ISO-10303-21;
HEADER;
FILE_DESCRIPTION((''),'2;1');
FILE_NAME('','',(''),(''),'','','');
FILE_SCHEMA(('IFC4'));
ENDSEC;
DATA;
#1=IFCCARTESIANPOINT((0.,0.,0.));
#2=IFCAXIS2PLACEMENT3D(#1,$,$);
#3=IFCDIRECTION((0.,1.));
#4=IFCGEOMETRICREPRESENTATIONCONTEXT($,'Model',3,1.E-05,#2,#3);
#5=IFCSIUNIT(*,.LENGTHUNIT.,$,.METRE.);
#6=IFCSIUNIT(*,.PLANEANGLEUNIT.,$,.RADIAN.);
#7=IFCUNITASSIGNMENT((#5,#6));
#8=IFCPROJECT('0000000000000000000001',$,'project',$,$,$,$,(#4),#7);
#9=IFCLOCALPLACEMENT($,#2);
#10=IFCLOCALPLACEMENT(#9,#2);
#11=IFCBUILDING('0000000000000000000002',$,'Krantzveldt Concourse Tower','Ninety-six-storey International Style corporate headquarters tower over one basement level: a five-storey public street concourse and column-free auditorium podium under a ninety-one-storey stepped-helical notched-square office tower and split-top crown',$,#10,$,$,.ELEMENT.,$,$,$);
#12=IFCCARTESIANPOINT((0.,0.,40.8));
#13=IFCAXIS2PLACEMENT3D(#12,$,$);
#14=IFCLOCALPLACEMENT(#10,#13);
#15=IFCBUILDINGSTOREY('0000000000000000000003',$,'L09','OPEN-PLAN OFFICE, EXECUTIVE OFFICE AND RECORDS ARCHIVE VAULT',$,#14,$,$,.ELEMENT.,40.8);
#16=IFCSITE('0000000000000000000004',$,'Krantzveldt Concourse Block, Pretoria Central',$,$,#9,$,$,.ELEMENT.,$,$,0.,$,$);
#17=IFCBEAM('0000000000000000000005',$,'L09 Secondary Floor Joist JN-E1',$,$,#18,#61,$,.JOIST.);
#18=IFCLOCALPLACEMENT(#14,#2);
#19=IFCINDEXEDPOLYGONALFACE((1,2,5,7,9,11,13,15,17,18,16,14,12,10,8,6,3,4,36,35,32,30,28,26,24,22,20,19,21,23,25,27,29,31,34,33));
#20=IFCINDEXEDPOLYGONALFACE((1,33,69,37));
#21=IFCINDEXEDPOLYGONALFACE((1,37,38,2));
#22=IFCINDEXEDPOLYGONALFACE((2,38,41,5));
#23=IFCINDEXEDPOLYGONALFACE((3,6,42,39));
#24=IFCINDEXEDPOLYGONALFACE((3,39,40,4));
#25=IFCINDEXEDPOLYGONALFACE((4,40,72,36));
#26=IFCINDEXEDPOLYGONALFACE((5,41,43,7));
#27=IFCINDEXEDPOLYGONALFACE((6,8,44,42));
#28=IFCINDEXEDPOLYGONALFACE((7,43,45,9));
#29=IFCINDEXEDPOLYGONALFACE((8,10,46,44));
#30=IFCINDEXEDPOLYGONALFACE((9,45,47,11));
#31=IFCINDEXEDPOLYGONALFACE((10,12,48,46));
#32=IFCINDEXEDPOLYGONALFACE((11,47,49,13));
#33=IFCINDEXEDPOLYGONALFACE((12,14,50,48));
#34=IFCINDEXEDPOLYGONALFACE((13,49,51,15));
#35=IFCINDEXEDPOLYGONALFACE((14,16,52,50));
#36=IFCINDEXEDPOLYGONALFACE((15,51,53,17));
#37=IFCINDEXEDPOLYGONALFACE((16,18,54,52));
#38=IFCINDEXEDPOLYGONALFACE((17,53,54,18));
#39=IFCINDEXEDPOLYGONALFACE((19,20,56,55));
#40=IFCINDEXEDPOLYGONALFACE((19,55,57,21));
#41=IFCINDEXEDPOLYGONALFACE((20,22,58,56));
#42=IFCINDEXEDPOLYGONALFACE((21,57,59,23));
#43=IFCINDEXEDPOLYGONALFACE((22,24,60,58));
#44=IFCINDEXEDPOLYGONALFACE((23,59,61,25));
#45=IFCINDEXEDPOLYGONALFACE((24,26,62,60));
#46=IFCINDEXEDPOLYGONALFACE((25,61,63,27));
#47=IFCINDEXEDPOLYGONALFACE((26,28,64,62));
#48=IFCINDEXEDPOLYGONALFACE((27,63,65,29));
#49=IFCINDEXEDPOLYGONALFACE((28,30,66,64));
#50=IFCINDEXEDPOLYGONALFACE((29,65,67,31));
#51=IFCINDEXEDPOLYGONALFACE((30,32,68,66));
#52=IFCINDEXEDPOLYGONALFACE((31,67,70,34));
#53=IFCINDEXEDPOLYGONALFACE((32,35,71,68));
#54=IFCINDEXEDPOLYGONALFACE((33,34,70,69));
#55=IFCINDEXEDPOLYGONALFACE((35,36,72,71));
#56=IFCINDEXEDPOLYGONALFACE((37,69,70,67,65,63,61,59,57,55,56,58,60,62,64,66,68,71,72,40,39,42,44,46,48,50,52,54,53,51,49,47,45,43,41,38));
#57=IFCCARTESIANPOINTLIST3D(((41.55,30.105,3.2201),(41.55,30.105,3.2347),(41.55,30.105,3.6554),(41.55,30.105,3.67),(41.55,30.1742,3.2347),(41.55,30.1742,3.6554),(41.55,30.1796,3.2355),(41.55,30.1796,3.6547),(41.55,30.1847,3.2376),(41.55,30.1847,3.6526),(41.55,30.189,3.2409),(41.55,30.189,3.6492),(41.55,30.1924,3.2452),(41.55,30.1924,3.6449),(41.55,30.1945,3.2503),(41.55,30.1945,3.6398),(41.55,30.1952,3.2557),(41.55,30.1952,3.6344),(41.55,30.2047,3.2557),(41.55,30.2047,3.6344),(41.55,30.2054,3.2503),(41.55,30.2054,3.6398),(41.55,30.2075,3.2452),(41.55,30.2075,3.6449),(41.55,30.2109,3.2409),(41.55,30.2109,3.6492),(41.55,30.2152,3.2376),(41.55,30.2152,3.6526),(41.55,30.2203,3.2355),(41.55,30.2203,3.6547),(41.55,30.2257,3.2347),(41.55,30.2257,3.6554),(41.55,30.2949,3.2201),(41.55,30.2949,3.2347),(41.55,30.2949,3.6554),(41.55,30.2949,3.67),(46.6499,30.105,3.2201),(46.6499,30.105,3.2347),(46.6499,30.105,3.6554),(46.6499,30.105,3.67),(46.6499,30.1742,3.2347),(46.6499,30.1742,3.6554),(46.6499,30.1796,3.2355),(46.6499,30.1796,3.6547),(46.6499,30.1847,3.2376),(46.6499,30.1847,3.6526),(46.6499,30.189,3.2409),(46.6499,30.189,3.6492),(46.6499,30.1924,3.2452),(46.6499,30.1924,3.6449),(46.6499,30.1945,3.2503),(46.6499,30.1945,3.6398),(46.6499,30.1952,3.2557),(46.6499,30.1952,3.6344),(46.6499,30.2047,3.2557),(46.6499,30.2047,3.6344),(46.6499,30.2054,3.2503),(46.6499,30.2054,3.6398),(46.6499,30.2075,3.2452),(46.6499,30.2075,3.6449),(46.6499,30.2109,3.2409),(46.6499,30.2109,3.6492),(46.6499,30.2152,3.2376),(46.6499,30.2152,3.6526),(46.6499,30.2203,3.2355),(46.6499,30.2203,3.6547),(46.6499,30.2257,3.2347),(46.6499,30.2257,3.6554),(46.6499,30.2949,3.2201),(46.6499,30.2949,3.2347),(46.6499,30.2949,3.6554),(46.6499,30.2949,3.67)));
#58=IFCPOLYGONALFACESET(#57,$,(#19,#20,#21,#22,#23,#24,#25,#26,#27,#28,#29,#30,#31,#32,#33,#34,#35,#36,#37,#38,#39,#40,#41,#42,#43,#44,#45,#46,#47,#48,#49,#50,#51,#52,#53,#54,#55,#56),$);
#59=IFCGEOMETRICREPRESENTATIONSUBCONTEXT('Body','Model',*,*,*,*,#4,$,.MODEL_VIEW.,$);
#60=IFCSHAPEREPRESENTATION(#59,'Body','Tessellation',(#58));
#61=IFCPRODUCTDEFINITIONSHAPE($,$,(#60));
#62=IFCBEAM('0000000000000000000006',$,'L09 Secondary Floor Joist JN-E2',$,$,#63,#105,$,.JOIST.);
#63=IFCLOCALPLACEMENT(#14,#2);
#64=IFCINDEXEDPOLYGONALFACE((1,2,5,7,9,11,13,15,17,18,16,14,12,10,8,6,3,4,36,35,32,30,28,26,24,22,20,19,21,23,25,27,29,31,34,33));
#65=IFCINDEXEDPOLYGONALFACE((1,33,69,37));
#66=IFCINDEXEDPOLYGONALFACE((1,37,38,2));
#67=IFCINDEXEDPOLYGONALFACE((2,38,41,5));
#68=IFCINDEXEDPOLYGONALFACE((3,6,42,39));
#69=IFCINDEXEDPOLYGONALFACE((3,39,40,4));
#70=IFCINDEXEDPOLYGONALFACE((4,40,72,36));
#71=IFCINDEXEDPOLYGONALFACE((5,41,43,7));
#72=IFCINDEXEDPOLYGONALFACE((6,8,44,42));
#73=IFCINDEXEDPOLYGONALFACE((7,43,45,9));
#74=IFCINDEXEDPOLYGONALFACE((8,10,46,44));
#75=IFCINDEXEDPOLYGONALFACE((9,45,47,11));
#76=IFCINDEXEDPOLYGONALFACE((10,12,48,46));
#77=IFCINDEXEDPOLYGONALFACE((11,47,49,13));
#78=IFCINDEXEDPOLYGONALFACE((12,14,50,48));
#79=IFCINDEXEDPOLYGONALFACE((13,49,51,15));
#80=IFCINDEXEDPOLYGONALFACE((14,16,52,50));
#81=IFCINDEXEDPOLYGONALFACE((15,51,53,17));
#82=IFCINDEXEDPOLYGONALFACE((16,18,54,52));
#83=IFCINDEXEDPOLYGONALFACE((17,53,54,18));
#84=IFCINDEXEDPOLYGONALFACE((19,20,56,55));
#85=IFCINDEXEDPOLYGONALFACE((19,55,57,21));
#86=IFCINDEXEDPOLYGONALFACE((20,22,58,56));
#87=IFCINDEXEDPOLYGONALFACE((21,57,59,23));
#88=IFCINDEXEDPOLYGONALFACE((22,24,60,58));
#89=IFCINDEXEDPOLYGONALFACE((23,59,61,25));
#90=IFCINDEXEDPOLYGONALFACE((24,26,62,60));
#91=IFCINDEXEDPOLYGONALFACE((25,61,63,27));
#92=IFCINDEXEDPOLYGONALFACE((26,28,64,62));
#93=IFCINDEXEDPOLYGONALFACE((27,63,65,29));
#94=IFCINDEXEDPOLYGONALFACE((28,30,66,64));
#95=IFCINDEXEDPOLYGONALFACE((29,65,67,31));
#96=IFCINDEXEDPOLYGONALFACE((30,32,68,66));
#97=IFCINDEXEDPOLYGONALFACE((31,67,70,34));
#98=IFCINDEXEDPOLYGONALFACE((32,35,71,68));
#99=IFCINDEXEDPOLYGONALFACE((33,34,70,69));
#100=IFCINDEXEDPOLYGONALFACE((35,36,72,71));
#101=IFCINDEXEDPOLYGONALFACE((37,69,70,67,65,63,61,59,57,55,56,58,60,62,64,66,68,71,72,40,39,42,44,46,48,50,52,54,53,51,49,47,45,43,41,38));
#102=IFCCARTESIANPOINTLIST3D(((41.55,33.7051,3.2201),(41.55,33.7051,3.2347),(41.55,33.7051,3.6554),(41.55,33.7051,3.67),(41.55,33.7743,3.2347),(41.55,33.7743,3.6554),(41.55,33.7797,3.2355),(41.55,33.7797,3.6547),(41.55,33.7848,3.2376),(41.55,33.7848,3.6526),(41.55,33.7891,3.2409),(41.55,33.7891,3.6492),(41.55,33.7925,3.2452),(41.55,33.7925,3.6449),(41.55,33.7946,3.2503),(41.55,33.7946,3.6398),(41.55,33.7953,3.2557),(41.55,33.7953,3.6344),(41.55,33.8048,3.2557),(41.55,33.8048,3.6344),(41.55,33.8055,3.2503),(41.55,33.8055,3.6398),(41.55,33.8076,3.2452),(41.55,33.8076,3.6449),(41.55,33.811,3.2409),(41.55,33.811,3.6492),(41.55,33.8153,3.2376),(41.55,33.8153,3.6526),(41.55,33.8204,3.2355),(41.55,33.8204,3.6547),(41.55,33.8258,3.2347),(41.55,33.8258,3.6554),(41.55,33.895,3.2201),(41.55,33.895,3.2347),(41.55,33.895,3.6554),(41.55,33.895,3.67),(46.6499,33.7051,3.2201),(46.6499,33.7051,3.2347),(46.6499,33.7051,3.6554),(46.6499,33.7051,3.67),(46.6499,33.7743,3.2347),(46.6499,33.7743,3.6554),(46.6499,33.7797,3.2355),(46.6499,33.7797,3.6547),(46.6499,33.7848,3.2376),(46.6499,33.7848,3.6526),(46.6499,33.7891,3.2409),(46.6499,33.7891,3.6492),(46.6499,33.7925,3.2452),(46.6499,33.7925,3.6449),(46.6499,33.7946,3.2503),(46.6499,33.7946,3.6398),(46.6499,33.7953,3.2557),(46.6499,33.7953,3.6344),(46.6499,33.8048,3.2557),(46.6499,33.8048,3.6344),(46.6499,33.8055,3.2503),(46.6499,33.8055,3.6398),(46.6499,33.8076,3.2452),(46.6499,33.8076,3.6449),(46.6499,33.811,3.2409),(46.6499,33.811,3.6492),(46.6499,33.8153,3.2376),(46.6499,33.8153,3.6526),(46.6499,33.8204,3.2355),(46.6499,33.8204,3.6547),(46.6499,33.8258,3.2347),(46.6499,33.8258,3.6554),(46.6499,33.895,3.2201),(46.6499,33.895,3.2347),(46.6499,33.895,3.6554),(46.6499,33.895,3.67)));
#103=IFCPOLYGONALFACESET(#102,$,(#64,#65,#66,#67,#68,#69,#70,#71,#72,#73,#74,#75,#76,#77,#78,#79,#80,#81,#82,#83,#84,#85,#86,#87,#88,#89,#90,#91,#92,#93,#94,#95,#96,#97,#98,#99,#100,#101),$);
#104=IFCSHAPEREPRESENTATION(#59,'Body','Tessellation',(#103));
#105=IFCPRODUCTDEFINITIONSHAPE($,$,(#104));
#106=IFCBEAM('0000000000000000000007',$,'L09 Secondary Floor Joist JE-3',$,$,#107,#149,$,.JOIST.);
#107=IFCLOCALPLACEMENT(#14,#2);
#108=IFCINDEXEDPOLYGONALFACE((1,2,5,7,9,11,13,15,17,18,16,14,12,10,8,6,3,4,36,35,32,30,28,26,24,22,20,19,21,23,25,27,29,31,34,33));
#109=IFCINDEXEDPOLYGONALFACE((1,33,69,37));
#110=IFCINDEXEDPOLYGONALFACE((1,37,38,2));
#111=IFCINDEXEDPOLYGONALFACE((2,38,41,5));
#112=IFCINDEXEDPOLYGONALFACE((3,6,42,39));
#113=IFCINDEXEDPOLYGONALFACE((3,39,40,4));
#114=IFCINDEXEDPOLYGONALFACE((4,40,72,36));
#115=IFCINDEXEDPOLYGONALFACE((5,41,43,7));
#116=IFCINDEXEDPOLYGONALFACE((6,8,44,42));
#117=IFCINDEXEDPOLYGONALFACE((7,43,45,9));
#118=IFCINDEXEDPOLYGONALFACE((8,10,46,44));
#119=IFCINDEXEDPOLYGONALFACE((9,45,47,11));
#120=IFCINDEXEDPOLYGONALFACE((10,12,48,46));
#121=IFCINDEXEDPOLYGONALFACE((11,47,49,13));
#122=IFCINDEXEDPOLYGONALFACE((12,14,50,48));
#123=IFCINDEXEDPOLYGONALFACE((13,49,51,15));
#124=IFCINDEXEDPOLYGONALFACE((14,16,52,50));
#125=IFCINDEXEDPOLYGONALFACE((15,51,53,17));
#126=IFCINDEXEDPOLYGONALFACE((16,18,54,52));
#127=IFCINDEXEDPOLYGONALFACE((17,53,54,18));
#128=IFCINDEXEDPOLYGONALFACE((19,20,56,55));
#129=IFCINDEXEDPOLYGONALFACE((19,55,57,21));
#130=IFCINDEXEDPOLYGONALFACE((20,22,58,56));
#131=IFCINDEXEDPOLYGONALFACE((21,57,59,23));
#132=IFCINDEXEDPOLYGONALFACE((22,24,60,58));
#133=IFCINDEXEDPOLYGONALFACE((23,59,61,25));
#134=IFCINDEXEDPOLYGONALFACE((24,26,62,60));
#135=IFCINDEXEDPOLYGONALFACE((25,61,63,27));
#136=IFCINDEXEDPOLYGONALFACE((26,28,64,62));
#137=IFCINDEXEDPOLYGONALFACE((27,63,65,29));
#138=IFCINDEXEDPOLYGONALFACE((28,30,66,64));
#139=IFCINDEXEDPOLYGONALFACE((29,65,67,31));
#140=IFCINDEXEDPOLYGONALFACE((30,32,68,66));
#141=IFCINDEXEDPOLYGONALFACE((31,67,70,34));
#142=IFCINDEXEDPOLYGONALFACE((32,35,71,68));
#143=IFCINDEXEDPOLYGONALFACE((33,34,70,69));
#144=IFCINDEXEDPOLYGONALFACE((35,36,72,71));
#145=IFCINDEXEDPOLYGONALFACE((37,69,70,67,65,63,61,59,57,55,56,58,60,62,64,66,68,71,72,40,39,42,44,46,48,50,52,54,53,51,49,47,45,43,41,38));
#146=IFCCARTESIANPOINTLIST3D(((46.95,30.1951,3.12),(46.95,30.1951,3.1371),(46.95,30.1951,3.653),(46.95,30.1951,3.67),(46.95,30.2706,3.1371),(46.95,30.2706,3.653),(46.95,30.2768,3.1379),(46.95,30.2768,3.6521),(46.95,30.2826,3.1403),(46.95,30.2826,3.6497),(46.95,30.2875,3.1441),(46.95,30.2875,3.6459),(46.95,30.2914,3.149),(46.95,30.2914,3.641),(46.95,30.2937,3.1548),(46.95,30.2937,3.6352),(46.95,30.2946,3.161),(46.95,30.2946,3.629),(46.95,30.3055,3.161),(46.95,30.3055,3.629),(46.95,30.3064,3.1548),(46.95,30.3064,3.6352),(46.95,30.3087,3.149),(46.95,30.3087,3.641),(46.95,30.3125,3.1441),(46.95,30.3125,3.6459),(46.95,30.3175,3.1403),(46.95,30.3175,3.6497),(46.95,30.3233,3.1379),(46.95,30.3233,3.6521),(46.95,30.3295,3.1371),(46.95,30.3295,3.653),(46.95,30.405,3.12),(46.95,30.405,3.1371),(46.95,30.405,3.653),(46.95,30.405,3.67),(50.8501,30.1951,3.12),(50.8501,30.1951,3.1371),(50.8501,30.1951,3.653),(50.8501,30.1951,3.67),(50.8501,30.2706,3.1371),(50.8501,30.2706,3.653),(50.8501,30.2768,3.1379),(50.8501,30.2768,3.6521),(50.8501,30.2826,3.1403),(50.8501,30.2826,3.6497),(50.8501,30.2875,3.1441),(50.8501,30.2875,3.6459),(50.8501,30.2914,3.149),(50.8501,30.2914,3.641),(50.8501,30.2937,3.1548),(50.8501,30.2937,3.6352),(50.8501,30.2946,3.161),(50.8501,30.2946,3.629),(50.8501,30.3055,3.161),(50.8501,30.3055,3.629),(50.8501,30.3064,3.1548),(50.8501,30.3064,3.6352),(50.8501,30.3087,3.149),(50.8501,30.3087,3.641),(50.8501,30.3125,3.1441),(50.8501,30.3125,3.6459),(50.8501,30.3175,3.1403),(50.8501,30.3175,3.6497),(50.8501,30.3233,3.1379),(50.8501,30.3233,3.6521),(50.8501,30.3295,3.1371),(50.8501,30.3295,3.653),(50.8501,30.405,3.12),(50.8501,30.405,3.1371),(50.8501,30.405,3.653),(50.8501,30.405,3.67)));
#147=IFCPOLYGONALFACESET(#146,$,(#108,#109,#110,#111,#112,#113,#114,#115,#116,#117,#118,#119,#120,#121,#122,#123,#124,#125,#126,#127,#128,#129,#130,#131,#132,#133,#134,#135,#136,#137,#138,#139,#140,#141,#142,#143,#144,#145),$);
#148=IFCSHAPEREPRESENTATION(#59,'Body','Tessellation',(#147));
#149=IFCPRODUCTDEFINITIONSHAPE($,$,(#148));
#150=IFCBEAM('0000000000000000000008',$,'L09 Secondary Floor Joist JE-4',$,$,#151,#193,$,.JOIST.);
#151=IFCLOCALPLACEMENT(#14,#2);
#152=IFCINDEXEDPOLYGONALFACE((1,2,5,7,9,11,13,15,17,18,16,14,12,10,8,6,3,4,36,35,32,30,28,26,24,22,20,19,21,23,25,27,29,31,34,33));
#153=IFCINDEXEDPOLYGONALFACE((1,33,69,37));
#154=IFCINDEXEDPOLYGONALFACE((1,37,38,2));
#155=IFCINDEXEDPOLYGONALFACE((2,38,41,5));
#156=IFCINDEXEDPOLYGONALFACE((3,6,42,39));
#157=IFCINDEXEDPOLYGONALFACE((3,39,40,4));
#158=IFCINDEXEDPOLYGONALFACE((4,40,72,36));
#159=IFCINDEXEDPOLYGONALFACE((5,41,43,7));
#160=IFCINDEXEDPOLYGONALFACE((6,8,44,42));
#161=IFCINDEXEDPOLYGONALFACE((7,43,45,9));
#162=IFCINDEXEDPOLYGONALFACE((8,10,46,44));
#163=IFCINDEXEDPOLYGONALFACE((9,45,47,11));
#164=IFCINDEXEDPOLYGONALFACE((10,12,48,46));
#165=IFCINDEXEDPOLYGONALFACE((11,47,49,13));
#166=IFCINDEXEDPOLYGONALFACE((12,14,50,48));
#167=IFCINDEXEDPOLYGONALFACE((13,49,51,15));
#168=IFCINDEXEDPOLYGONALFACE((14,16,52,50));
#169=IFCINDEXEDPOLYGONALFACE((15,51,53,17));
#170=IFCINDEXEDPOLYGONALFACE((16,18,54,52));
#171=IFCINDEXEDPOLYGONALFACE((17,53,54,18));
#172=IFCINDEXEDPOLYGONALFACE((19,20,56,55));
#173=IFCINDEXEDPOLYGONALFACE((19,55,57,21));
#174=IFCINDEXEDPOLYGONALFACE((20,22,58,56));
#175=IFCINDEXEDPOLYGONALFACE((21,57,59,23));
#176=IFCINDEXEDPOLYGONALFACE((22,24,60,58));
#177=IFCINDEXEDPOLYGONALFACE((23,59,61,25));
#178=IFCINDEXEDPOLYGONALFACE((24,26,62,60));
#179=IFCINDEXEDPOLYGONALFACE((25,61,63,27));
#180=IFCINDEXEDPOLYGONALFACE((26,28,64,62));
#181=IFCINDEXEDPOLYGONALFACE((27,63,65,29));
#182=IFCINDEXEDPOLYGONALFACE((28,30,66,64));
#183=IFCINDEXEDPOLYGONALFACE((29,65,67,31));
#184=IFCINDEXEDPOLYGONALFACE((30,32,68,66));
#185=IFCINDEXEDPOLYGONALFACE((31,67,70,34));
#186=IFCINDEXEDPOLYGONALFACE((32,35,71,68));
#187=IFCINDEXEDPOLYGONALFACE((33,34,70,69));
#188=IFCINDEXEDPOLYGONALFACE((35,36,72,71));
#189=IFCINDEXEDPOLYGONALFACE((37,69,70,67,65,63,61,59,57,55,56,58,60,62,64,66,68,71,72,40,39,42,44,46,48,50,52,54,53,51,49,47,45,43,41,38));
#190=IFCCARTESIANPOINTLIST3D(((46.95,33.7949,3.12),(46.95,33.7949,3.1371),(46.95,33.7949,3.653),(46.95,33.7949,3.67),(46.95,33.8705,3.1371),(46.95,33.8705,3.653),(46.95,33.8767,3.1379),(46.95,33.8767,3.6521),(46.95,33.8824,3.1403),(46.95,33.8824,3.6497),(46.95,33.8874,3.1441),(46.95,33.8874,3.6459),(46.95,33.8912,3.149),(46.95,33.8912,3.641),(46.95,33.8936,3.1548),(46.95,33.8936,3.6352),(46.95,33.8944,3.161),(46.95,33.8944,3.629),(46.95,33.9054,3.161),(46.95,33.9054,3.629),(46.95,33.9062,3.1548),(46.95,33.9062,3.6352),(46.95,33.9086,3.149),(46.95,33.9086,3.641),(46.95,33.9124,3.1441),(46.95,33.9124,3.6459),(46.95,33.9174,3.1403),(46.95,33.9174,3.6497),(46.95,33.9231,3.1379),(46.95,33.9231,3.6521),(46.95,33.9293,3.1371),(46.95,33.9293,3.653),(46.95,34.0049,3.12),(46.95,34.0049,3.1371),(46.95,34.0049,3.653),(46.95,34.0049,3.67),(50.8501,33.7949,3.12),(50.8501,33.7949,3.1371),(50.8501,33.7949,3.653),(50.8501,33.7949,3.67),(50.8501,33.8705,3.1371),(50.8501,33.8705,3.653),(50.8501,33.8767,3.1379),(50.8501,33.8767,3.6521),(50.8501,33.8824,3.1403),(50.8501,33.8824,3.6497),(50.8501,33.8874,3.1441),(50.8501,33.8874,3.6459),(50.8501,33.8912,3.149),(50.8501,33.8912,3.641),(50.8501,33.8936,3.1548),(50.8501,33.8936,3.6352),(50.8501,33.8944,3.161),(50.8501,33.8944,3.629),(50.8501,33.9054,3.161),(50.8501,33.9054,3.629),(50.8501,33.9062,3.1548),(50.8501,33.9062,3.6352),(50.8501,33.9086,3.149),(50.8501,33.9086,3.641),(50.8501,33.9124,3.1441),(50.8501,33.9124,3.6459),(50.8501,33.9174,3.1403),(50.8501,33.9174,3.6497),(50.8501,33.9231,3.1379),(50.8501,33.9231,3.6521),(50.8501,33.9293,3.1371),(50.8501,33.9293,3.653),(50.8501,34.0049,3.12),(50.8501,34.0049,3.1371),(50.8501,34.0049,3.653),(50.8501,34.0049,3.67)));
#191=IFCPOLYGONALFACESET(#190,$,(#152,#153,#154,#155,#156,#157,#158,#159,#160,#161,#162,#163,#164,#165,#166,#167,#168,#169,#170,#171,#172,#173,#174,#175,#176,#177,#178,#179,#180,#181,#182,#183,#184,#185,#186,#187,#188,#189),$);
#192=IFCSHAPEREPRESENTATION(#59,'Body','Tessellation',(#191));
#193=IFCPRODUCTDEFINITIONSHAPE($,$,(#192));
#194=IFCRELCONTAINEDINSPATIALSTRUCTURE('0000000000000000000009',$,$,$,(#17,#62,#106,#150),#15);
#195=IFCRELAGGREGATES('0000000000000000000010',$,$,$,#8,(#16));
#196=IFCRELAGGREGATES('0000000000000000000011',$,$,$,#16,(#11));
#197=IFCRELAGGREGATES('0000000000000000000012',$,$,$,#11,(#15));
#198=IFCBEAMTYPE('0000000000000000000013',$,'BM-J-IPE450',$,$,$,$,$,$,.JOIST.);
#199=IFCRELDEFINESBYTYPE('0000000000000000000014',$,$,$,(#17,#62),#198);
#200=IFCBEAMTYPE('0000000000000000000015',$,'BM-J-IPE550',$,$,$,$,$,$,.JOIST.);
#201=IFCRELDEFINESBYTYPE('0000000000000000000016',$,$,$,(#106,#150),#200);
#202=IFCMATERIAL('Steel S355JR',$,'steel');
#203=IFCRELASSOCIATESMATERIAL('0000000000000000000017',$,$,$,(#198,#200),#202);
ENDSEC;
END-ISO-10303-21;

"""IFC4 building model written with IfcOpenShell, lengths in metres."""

from ifc_helpers import new_model, si_unit, direction, frame, origin, origin_2d, place, context, subcontext, project, spatial, i_section, extrude, source, transform, mapped, material, material_profile, profile_set, type_object, type_shapes, element, save


model = new_model("IFC4")

# Units and contexts
model_context = context("Model", 3, precision=1e-05, world=origin(), true_north=direction((0.0, 1.0)))
body_context = subcontext(model_context, "Body", "Model", "MODEL_VIEW")
ifc_project = project(units=[si_unit("LENGTHUNIT", "METRE"), si_unit("PLANEANGLEUNIT", "RADIAN")], contexts=[model_context])

# Site, building, storey
site_placement = place(None, origin())
site = spatial("IfcSite", under=ifc_project, at=site_placement, Name="Krantzveldt Concourse Block, Pretoria Central", CompositionType="ELEMENT", RefElevation=0.0)
building_placement = place(site_placement, origin())
building = spatial("IfcBuilding", under=site, at=building_placement, Name="Krantzveldt Concourse Tower", Description="Ninety-six-storey International Style corporate headquarters tower over one basement level: a five-storey public street concourse and column-free auditorium podium under a ninety-one-storey stepped-helical notched-square office tower and split-top crown", CompositionType="ELEMENT")
storey_placement = place(building_placement, frame((0.0, 0.0, 40.8)))
storey = spatial("IfcBuildingStorey", under=building, at=storey_placement, Name="L09", Description="OPEN-PLAN OFFICE, EXECUTIVE OFFICE AND RECORDS ARCHIVE VAULT", CompositionType="ELEMENT", Elevation=40.8)

# Beams
ifc_material_1 = material(Name="Steel S355JR", Category="steel")
ifc_material_profile_1 = material_profile(ifc_material_1, i_section(OverallWidth=0.1899, OverallDepth=0.45, WebThickness=0.0095, FlangeThickness=0.0146, FilletRadius=0.021, at=origin_2d()), Name="Steel S355JR", Category="steel")
ifc_profile_set_1 = profile_set([ifc_material_profile_1], Name="Steel S355JR - IPE 450")
beam_type_1 = type_object("IfcBeamType", Name="BM-J-IPE450", PredefinedType="JOIST", material=ifc_profile_set_1)
shared_shape_1 = source(origin(), body_context, "Body", "SweptSolid", [
    extrude(i_section(OverallWidth=0.1899, OverallDepth=0.45, WebThickness=0.0095, FlangeThickness=0.0146, FilletRadius=0.021, at=origin_2d()), origin(), (0.0, 0.0, 1.0), 5.0999),
])
type_shapes(beam_type_1, [shared_shape_1])
for number, where, z_axis, x_axis, name in (
    (1, (41.55, 30.2, 3.4451), (1.0, 0.0, 0.0), (0.0, 1.0, 0.0), "L09 Secondary Floor Joist JN-E1"),
    (2, (41.55, 33.8, 3.4451), (1.0, 0.0, 0.0), (0.0, 1.0, 0.0), "L09 Secondary Floor Joist JN-E2"),
):
    element("IfcBeam", number, at=place(storey_placement, frame(where, z_axis=z_axis, x_axis=x_axis)), inside=storey, type_object=beam_type_1, Name=name, PredefinedType="JOIST", context=body_context, shape_type="MappedRepresentation", body=[
        mapped(shared_shape_1, transform((0.0, 0.0, 0.0), x_axis=(1.0, 0.0, 0.0), y_axis=(0.0, 1.0, 0.0), z_axis=(0.0, 0.0, 1.0), scale=1.0)),
    ])
ifc_material_profile_2 = material_profile(ifc_material_1, i_section(OverallWidth=0.21, OverallDepth=0.55, WebThickness=0.011, FlangeThickness=0.0171, FilletRadius=0.0239, at=origin_2d()), Name="Steel S355JR", Category="steel")
ifc_profile_set_2 = profile_set([ifc_material_profile_2], Name="Steel S355JR - IPE 550")
beam_type_2 = type_object("IfcBeamType", Name="BM-J-IPE550", PredefinedType="JOIST", material=ifc_profile_set_2)
shared_shape_2 = source(origin(), body_context, "Body", "SweptSolid", [
    extrude(i_section(OverallWidth=0.21, OverallDepth=0.55, WebThickness=0.011, FlangeThickness=0.0171, FilletRadius=0.0239, at=origin_2d()), origin(), (0.0, 0.0, 1.0), 3.9001),
])
type_shapes(beam_type_2, [shared_shape_2])
for number, where, z_axis, x_axis, name in (
    (3, (46.95, 30.3, 3.395), (1.0, 0.0, 0.0), (0.0, 1.0, 0.0), "L09 Secondary Floor Joist JE-3"),
    (4, (46.95, 33.8999, 3.395), (1.0, 0.0, 0.0), (0.0, 1.0, 0.0), "L09 Secondary Floor Joist JE-4"),
):
    element("IfcBeam", number, at=place(storey_placement, frame(where, z_axis=z_axis, x_axis=x_axis)), inside=storey, type_object=beam_type_2, Name=name, PredefinedType="JOIST", context=body_context, shape_type="MappedRepresentation", body=[
        mapped(shared_shape_2, transform((0.0, 0.0, 0.0), x_axis=(1.0, 0.0, 0.0), y_axis=(0.0, 1.0, 0.0), z_axis=(0.0, 0.0, 1.0), scale=1.0)),
    ])

save(model, "model.ifc")
